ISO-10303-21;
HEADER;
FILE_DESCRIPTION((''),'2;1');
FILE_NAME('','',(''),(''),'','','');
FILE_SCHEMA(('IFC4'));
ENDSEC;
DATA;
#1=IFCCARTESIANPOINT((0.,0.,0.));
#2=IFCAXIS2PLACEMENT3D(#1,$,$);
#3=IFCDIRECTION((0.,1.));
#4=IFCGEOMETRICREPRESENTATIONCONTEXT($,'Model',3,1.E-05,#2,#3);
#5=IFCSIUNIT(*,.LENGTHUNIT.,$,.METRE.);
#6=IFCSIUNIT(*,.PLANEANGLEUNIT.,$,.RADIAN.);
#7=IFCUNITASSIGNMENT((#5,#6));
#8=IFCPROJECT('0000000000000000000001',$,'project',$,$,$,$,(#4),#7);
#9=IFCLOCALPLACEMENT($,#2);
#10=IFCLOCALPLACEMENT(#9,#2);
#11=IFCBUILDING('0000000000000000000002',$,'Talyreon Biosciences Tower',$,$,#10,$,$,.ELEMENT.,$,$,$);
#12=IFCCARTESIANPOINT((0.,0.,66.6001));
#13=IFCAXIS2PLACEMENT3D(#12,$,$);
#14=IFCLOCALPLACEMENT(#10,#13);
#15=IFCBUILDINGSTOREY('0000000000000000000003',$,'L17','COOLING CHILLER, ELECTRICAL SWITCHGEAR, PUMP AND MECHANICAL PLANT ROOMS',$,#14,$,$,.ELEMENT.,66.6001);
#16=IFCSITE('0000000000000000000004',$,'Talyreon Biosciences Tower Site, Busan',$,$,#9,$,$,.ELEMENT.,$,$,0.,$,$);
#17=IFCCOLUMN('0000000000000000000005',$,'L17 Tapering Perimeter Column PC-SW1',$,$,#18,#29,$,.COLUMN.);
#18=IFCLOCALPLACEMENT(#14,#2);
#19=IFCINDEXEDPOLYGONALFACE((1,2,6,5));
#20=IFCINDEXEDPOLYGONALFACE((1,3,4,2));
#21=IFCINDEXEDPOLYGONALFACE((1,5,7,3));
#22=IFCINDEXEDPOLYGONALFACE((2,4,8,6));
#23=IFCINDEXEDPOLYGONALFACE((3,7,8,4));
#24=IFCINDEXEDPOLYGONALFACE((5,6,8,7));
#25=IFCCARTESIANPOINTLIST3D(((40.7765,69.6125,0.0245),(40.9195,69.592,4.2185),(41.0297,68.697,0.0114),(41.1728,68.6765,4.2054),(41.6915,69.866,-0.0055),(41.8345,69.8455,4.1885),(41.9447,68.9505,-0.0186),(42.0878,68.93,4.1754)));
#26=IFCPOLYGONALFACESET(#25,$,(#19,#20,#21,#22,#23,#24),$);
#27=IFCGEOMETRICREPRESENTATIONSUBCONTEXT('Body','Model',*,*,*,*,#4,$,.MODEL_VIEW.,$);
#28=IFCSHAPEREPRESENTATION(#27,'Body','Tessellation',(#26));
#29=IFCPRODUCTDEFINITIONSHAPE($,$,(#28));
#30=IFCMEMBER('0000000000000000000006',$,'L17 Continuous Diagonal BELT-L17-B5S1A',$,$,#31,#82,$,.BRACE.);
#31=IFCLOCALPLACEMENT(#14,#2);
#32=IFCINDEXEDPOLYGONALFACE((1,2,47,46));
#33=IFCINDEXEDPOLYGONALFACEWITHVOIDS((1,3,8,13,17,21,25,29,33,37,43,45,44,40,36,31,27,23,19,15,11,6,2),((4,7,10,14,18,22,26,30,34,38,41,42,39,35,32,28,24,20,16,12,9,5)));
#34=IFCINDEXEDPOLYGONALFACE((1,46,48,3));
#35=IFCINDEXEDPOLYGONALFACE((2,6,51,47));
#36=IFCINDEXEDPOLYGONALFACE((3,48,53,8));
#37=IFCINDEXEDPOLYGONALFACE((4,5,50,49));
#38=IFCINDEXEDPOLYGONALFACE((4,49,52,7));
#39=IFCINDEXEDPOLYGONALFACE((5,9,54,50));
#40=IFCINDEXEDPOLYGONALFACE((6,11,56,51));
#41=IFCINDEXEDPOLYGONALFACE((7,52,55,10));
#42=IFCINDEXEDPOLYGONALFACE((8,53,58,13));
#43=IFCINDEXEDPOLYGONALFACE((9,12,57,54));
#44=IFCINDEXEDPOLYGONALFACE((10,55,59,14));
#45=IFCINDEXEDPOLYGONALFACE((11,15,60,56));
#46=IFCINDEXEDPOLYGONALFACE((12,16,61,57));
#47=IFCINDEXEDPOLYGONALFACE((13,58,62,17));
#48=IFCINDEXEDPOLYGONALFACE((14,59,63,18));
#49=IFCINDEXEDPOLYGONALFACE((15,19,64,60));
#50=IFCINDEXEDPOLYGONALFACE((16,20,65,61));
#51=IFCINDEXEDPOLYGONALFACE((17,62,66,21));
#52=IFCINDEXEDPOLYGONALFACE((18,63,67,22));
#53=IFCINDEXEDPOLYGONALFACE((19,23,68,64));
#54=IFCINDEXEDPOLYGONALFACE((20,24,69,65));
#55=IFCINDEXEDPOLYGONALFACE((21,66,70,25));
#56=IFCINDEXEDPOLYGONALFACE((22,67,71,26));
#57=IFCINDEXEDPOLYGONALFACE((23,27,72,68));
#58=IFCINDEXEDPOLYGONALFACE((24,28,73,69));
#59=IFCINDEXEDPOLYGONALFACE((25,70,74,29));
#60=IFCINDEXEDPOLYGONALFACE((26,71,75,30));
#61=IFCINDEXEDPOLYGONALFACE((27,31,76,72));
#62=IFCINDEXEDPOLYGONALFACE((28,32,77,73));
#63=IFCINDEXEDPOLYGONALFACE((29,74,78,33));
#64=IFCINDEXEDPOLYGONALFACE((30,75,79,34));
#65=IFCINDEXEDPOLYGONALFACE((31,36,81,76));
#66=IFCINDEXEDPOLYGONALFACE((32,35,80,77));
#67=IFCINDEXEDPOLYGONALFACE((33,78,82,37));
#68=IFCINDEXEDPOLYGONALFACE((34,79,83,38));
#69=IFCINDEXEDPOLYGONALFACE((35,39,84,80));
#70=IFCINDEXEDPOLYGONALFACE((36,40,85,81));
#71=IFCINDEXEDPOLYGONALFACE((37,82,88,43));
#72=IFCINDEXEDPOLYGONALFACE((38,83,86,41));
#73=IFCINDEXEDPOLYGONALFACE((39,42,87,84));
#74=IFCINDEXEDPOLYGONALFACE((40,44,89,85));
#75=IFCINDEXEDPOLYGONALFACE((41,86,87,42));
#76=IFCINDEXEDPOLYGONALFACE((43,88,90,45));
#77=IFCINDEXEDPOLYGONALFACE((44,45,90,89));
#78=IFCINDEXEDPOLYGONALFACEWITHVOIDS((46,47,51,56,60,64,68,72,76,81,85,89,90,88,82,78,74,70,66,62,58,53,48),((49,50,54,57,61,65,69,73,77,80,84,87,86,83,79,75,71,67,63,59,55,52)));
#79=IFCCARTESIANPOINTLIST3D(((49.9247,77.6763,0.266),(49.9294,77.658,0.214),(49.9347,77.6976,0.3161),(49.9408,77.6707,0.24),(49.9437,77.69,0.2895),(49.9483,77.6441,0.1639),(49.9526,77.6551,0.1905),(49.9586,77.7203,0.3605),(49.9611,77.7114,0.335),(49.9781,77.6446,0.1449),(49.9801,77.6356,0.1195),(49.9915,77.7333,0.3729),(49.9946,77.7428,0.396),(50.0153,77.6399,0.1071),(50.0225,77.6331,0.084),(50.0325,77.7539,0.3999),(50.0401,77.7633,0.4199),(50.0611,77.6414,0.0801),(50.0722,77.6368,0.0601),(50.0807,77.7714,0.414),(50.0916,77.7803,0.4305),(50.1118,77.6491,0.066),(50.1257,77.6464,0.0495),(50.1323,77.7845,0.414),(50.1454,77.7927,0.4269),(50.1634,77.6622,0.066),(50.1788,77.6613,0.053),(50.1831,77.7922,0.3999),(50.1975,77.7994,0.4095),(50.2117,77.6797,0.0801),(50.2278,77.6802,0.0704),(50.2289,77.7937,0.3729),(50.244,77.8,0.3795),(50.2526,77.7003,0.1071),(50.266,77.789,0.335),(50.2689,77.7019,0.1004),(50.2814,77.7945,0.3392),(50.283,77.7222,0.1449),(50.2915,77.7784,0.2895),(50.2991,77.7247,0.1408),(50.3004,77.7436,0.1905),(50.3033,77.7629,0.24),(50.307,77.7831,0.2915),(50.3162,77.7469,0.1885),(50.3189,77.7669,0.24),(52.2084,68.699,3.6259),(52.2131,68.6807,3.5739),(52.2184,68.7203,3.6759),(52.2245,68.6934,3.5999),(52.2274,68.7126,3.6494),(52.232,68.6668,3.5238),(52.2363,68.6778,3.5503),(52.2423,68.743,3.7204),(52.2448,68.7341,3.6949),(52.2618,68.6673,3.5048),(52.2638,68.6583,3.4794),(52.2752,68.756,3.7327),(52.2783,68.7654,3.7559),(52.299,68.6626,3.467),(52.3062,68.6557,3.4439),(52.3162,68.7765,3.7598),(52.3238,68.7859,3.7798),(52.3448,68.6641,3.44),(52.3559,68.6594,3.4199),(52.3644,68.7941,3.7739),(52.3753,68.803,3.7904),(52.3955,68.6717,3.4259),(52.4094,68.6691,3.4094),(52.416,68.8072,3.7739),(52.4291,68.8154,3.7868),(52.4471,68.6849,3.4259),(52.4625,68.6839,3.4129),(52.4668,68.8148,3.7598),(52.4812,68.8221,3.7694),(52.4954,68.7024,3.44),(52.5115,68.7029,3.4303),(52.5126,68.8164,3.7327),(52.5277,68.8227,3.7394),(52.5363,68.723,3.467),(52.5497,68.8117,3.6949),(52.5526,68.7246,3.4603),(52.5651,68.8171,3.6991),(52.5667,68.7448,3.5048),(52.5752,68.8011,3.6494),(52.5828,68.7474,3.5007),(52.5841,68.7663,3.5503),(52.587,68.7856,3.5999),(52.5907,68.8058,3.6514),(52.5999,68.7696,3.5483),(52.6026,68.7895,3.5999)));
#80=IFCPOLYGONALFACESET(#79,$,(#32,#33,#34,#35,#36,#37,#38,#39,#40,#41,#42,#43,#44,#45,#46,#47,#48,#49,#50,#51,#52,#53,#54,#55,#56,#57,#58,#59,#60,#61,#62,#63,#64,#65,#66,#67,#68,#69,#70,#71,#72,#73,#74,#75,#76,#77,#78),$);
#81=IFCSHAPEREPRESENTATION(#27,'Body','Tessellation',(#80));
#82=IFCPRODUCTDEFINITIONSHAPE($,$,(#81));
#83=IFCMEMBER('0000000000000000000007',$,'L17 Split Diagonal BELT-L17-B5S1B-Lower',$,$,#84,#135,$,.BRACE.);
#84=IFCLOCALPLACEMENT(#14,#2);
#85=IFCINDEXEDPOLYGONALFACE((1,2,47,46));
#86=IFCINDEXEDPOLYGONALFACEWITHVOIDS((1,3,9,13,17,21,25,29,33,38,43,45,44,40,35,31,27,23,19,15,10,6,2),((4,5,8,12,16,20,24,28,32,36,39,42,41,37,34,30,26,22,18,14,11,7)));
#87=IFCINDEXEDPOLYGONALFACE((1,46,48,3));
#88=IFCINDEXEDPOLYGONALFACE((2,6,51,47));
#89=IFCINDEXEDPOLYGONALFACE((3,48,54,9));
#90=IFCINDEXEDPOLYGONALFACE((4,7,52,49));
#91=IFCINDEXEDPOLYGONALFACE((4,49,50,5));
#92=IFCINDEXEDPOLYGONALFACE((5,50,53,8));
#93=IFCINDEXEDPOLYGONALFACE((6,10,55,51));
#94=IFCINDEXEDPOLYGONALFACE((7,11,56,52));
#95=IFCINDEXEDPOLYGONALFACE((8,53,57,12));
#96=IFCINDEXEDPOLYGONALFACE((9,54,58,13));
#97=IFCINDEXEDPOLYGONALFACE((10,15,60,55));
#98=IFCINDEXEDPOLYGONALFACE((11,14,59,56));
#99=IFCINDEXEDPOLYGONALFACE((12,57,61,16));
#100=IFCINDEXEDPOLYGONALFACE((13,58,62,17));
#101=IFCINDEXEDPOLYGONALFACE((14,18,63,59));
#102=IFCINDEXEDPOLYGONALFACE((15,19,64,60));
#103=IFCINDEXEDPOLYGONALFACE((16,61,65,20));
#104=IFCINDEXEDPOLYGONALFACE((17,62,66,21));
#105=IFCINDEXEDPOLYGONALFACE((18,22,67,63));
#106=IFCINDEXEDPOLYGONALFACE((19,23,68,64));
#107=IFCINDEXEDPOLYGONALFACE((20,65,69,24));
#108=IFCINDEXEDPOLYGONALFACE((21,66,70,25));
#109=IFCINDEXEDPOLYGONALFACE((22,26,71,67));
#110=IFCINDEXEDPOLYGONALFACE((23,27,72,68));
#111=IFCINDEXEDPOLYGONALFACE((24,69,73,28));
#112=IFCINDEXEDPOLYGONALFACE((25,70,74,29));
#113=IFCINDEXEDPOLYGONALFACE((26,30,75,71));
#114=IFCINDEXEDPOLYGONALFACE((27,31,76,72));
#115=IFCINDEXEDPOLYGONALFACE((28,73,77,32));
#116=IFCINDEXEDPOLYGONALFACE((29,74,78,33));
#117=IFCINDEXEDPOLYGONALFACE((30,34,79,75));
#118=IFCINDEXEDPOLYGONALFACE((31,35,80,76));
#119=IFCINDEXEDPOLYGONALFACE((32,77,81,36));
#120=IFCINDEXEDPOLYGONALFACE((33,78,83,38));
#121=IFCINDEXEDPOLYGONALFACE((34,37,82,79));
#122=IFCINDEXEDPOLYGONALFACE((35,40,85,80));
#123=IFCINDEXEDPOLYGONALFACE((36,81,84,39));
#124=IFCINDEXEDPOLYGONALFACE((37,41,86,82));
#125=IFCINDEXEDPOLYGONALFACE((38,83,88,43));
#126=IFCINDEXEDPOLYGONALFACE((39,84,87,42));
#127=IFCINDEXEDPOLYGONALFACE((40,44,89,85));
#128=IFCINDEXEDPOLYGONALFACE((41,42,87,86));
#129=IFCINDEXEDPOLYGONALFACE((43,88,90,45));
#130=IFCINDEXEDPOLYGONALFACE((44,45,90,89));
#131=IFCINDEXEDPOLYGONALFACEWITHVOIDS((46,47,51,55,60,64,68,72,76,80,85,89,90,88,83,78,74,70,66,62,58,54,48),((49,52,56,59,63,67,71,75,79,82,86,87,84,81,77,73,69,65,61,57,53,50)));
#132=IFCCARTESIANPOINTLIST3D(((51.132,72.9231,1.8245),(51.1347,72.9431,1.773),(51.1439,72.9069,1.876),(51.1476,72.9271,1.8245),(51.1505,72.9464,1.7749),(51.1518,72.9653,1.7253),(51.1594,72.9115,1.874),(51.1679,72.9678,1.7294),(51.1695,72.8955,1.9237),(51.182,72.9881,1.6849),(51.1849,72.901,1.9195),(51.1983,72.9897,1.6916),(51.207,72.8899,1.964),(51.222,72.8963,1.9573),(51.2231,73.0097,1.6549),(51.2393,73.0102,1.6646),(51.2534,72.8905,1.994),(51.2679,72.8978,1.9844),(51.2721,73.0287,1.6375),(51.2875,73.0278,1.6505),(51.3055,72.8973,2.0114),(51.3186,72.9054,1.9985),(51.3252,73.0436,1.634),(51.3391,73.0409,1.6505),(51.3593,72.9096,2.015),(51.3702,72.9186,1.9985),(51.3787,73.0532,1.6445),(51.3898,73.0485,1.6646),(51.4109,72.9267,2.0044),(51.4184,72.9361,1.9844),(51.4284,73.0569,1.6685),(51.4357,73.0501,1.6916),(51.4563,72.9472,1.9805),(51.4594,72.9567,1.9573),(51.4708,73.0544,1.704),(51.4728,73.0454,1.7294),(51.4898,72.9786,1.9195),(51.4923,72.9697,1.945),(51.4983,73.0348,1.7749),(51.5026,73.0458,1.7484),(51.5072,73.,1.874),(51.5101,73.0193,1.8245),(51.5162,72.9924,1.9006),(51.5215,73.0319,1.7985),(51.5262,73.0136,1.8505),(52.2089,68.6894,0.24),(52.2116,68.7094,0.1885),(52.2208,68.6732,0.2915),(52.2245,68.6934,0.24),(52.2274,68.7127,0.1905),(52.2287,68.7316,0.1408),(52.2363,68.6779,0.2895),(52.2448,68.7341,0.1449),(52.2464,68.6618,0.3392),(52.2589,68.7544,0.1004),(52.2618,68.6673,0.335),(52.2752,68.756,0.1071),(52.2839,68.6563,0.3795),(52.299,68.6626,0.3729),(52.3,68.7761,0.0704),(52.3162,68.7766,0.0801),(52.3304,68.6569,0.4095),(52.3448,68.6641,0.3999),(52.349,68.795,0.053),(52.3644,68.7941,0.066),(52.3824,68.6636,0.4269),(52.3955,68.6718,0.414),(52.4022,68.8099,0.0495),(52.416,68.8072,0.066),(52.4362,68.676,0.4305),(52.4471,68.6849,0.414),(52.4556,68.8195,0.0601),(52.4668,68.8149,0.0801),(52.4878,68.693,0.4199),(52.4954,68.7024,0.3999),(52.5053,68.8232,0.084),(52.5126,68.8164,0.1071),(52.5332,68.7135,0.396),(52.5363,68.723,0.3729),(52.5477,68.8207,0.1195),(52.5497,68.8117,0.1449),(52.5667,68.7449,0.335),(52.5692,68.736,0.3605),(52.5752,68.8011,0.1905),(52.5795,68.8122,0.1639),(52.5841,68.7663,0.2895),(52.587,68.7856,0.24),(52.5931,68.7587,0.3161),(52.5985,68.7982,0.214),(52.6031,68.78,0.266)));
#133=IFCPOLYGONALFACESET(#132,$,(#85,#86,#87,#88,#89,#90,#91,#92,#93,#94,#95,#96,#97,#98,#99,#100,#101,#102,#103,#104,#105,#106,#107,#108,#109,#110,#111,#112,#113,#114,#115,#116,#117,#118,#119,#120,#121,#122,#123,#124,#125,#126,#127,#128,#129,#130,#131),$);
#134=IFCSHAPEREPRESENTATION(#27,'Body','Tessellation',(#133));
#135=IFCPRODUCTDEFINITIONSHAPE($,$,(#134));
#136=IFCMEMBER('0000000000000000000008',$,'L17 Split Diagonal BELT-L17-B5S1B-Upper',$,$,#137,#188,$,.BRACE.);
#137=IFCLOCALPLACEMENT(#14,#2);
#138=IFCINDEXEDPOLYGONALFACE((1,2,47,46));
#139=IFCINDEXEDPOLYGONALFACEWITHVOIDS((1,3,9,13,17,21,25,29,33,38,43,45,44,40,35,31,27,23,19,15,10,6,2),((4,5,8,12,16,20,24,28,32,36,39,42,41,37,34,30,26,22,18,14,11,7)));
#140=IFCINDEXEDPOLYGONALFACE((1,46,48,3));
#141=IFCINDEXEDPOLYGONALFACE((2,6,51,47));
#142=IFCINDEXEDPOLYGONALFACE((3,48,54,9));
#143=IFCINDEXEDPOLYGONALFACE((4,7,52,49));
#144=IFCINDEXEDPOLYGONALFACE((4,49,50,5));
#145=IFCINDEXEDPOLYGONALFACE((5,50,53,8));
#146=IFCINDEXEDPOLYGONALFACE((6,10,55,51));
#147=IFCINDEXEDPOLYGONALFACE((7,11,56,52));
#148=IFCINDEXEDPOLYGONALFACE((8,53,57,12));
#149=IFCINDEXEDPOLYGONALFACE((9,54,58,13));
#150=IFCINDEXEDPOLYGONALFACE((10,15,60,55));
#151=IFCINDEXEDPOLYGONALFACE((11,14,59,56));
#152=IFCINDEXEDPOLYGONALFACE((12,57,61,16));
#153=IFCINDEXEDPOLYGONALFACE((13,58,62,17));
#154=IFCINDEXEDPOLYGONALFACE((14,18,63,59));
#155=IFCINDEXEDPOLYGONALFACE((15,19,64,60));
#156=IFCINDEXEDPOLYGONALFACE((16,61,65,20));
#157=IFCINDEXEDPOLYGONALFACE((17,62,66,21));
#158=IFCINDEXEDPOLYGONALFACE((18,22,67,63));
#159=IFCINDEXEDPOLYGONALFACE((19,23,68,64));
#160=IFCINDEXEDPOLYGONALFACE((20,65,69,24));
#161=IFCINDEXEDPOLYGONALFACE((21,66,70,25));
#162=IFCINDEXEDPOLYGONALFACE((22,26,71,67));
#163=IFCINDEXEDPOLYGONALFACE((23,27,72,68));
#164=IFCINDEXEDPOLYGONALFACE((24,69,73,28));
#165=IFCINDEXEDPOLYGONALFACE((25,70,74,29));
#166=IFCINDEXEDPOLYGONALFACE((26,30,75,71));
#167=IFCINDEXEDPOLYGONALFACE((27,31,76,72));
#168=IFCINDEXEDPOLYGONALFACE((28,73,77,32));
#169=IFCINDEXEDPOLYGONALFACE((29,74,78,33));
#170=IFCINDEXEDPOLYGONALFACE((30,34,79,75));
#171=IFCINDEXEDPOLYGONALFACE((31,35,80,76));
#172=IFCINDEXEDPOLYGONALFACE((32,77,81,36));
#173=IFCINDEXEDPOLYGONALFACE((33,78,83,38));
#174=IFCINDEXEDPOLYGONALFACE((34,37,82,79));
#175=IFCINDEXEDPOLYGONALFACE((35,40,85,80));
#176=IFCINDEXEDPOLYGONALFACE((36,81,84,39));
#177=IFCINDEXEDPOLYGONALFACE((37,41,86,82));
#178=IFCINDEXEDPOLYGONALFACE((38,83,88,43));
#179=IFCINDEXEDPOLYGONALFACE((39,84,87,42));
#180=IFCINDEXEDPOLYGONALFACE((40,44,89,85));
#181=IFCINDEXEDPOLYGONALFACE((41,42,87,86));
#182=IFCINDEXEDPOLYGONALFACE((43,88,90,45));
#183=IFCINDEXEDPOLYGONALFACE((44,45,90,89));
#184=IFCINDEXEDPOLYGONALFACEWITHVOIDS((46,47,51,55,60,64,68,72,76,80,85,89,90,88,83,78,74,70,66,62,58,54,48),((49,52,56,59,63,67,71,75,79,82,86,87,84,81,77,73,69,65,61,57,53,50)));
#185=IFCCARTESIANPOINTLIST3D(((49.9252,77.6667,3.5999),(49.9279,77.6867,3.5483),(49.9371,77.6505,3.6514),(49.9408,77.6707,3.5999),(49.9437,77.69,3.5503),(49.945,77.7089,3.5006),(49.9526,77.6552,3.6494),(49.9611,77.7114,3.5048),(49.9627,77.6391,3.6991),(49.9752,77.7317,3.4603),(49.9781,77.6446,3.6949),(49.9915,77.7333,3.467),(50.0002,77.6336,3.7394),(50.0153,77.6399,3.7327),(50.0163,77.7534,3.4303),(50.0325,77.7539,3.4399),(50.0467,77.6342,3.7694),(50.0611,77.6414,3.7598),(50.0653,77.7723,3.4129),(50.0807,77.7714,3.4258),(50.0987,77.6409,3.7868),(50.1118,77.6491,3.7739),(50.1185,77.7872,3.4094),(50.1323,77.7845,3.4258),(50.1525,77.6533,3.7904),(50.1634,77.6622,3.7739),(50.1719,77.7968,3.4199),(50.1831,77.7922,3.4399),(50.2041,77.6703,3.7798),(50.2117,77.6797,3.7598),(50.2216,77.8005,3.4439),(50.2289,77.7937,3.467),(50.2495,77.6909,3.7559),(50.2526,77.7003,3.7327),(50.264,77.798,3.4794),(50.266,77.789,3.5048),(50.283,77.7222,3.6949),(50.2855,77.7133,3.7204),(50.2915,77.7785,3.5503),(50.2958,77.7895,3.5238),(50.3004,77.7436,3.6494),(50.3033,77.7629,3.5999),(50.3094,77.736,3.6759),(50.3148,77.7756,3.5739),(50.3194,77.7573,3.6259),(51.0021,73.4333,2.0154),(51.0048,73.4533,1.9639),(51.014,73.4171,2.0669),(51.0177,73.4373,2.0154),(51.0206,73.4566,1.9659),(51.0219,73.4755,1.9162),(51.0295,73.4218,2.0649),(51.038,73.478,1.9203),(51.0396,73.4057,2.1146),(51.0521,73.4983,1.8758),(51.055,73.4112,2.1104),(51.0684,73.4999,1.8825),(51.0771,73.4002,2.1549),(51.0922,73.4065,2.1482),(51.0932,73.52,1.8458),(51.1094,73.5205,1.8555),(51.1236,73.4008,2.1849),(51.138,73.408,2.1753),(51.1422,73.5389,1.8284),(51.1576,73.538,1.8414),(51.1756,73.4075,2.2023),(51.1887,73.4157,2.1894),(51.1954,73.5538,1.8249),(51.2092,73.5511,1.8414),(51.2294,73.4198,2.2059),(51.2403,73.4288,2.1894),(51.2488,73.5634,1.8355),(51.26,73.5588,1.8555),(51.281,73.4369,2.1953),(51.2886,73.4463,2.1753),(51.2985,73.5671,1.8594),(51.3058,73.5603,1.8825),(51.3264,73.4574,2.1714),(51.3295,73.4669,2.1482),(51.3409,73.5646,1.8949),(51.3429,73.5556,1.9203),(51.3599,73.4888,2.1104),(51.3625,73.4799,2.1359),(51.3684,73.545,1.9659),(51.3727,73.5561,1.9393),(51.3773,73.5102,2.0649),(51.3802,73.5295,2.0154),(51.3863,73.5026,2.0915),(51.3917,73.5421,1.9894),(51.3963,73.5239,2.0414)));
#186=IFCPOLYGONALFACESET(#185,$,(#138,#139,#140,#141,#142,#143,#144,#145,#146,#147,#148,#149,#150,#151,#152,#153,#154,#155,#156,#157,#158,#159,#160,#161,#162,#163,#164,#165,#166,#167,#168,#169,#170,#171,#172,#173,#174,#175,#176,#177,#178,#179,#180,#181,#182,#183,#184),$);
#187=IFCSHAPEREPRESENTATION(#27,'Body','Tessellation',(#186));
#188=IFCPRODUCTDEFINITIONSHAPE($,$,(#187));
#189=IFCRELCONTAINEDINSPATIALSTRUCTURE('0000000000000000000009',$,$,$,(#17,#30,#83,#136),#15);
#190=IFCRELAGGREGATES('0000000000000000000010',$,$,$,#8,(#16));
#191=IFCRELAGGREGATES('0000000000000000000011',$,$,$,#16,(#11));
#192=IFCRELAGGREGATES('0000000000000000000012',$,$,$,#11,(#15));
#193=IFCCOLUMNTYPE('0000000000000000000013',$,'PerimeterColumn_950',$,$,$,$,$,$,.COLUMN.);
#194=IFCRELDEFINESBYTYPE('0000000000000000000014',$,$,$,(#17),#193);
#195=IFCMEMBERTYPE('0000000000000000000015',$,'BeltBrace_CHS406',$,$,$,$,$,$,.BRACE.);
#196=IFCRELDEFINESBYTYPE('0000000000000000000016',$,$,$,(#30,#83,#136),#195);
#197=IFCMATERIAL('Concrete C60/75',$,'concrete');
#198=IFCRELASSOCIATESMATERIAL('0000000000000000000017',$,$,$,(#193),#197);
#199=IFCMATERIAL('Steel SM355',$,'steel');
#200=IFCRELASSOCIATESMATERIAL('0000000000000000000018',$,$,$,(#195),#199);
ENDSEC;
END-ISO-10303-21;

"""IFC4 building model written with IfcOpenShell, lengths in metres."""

from ifc_helpers import new_model, si_unit, direction, frame, origin, origin_2d, place, context, subcontext, project, spatial, rectangle, hollow_circle, extrude, material, material_profile, profile_set, type_object, element, save


model = new_model("IFC4")

# Units and contexts
model_context = context("Model", 3, precision=1e-05, world=origin(), true_north=direction((0.0, 1.0)))
body_context = subcontext(model_context, "Body", "Model", "MODEL_VIEW")
ifc_project = project(units=[si_unit("LENGTHUNIT", "METRE"), si_unit("PLANEANGLEUNIT", "RADIAN")], contexts=[model_context])

# Site, building, storey
site_placement = place(None, origin())
site = spatial("IfcSite", under=ifc_project, at=site_placement, Name="Talyreon Biosciences Tower Site, Busan", CompositionType="ELEMENT", RefElevation=0.0)
building_placement = place(site_placement, origin())
building = spatial("IfcBuilding", under=site, at=building_placement, Name="Talyreon Biosciences Tower", CompositionType="ELEMENT")
storey_placement = place(building_placement, frame((0.0, 0.0, 66.6001)))
storey = spatial("IfcBuildingStorey", under=building, at=storey_placement, Name="L17", Description="COOLING CHILLER, ELECTRICAL SWITCHGEAR, PUMP AND MECHANICAL PLANT ROOMS", CompositionType="ELEMENT", Elevation=66.6001)

# Column
ifc_material_1 = material(Name="Concrete C60/75", Category="concrete")
ifc_material_profile_1 = material_profile(ifc_material_1, rectangle(XDim=0.95, YDim=0.95, at=origin_2d()), Name="RC 950x950")
ifc_profile_set_1 = profile_set([ifc_material_profile_1], Name="Concrete C60/75")
column_type = type_object("IfcColumnType", Name="PerimeterColumn_950", PredefinedType="COLUMN", material=ifc_profile_set_1)
column_placement = place(storey_placement, frame((41.3606, 69.2815, 0.0029), z_axis=(0.034091, -0.004887, 0.999407), x_axis=(0.963207, 0.266904, -0.031551)))
element("IfcColumn", 1, at=column_placement, inside=storey, type_object=column_type, Name="L17 Tapering Perimeter Column PC-SW1", PredefinedType="COLUMN", context=body_context, shape_type="SweptSolid", body=[
    extrude(rectangle(XDim=0.95, YDim=0.95, at=origin_2d()), origin(), (0.0, 0.0, 1.0), 4.1965),
])

# Members
ifc_material_2 = material(Name="Steel SM355", Category="steel")
ifc_material_profile_2 = material_profile(ifc_material_2, hollow_circle(Radius=0.2031, WallThickness=0.0161, at=origin_2d()), Name="CHS 406.4x16")
ifc_profile_set_2 = profile_set([ifc_material_profile_2], Name="Steel SM355")
member_type_1 = type_object("IfcMemberType", Name="BeltBrace_CHS406", PredefinedType="BRACE", material=ifc_profile_set_2)
member_1_placement = place(storey_placement, frame((50.1221, 77.7168, 0.24), z_axis=(0.231759, -0.911057, 0.340974), x_axis=(0.969134, 0.246533, 0.0)))
element("IfcMember", 2, at=member_1_placement, inside=storey, type_object=member_type_1, Name="L17 Continuous Diagonal BELT-L17-B5S1A", PredefinedType="BRACE", context=body_context, shape_type="SweptSolid", body=[
    extrude(hollow_circle(Radius=0.2031, WallThickness=0.0161, at=origin_2d()), origin(), (0.0, 0.0, 1.0), 9.8538),
])
member_2_placement = place(storey_placement, frame((52.4058, 68.7395, 0.24), z_axis=(-0.231745, 0.911061, 0.340972), x_axis=(-0.969138, -0.246518, 0.0)))
element("IfcMember", 3, at=member_2_placement, inside=storey, type_object=member_type_1, Name="L17 Split Diagonal BELT-L17-B5S1B-Lower", PredefinedType="BRACE", context=body_context, shape_type="SweptSolid", body=[
    extrude(hollow_circle(Radius=0.2031, WallThickness=0.0161, at=origin_2d()), origin(), (0.0, 0.0, 1.0), 4.647),
])
member_3_placement = place(storey_placement, frame((51.199, 73.4834, 2.0154), z_axis=(-0.231756, 0.911052, 0.340988), x_axis=(-0.969135, -0.246531, 0.0)))
element("IfcMember", 4, at=member_3_placement, inside=storey, type_object=member_type_1, Name="L17 Split Diagonal BELT-L17-B5S1B-Upper", PredefinedType="BRACE", context=body_context, shape_type="SweptSolid", body=[
    extrude(hollow_circle(Radius=0.2031, WallThickness=0.0161, at=origin_2d()), origin(), (0.0, 0.0, 1.0), 4.6467),
])

save(model, "model.ifc")
